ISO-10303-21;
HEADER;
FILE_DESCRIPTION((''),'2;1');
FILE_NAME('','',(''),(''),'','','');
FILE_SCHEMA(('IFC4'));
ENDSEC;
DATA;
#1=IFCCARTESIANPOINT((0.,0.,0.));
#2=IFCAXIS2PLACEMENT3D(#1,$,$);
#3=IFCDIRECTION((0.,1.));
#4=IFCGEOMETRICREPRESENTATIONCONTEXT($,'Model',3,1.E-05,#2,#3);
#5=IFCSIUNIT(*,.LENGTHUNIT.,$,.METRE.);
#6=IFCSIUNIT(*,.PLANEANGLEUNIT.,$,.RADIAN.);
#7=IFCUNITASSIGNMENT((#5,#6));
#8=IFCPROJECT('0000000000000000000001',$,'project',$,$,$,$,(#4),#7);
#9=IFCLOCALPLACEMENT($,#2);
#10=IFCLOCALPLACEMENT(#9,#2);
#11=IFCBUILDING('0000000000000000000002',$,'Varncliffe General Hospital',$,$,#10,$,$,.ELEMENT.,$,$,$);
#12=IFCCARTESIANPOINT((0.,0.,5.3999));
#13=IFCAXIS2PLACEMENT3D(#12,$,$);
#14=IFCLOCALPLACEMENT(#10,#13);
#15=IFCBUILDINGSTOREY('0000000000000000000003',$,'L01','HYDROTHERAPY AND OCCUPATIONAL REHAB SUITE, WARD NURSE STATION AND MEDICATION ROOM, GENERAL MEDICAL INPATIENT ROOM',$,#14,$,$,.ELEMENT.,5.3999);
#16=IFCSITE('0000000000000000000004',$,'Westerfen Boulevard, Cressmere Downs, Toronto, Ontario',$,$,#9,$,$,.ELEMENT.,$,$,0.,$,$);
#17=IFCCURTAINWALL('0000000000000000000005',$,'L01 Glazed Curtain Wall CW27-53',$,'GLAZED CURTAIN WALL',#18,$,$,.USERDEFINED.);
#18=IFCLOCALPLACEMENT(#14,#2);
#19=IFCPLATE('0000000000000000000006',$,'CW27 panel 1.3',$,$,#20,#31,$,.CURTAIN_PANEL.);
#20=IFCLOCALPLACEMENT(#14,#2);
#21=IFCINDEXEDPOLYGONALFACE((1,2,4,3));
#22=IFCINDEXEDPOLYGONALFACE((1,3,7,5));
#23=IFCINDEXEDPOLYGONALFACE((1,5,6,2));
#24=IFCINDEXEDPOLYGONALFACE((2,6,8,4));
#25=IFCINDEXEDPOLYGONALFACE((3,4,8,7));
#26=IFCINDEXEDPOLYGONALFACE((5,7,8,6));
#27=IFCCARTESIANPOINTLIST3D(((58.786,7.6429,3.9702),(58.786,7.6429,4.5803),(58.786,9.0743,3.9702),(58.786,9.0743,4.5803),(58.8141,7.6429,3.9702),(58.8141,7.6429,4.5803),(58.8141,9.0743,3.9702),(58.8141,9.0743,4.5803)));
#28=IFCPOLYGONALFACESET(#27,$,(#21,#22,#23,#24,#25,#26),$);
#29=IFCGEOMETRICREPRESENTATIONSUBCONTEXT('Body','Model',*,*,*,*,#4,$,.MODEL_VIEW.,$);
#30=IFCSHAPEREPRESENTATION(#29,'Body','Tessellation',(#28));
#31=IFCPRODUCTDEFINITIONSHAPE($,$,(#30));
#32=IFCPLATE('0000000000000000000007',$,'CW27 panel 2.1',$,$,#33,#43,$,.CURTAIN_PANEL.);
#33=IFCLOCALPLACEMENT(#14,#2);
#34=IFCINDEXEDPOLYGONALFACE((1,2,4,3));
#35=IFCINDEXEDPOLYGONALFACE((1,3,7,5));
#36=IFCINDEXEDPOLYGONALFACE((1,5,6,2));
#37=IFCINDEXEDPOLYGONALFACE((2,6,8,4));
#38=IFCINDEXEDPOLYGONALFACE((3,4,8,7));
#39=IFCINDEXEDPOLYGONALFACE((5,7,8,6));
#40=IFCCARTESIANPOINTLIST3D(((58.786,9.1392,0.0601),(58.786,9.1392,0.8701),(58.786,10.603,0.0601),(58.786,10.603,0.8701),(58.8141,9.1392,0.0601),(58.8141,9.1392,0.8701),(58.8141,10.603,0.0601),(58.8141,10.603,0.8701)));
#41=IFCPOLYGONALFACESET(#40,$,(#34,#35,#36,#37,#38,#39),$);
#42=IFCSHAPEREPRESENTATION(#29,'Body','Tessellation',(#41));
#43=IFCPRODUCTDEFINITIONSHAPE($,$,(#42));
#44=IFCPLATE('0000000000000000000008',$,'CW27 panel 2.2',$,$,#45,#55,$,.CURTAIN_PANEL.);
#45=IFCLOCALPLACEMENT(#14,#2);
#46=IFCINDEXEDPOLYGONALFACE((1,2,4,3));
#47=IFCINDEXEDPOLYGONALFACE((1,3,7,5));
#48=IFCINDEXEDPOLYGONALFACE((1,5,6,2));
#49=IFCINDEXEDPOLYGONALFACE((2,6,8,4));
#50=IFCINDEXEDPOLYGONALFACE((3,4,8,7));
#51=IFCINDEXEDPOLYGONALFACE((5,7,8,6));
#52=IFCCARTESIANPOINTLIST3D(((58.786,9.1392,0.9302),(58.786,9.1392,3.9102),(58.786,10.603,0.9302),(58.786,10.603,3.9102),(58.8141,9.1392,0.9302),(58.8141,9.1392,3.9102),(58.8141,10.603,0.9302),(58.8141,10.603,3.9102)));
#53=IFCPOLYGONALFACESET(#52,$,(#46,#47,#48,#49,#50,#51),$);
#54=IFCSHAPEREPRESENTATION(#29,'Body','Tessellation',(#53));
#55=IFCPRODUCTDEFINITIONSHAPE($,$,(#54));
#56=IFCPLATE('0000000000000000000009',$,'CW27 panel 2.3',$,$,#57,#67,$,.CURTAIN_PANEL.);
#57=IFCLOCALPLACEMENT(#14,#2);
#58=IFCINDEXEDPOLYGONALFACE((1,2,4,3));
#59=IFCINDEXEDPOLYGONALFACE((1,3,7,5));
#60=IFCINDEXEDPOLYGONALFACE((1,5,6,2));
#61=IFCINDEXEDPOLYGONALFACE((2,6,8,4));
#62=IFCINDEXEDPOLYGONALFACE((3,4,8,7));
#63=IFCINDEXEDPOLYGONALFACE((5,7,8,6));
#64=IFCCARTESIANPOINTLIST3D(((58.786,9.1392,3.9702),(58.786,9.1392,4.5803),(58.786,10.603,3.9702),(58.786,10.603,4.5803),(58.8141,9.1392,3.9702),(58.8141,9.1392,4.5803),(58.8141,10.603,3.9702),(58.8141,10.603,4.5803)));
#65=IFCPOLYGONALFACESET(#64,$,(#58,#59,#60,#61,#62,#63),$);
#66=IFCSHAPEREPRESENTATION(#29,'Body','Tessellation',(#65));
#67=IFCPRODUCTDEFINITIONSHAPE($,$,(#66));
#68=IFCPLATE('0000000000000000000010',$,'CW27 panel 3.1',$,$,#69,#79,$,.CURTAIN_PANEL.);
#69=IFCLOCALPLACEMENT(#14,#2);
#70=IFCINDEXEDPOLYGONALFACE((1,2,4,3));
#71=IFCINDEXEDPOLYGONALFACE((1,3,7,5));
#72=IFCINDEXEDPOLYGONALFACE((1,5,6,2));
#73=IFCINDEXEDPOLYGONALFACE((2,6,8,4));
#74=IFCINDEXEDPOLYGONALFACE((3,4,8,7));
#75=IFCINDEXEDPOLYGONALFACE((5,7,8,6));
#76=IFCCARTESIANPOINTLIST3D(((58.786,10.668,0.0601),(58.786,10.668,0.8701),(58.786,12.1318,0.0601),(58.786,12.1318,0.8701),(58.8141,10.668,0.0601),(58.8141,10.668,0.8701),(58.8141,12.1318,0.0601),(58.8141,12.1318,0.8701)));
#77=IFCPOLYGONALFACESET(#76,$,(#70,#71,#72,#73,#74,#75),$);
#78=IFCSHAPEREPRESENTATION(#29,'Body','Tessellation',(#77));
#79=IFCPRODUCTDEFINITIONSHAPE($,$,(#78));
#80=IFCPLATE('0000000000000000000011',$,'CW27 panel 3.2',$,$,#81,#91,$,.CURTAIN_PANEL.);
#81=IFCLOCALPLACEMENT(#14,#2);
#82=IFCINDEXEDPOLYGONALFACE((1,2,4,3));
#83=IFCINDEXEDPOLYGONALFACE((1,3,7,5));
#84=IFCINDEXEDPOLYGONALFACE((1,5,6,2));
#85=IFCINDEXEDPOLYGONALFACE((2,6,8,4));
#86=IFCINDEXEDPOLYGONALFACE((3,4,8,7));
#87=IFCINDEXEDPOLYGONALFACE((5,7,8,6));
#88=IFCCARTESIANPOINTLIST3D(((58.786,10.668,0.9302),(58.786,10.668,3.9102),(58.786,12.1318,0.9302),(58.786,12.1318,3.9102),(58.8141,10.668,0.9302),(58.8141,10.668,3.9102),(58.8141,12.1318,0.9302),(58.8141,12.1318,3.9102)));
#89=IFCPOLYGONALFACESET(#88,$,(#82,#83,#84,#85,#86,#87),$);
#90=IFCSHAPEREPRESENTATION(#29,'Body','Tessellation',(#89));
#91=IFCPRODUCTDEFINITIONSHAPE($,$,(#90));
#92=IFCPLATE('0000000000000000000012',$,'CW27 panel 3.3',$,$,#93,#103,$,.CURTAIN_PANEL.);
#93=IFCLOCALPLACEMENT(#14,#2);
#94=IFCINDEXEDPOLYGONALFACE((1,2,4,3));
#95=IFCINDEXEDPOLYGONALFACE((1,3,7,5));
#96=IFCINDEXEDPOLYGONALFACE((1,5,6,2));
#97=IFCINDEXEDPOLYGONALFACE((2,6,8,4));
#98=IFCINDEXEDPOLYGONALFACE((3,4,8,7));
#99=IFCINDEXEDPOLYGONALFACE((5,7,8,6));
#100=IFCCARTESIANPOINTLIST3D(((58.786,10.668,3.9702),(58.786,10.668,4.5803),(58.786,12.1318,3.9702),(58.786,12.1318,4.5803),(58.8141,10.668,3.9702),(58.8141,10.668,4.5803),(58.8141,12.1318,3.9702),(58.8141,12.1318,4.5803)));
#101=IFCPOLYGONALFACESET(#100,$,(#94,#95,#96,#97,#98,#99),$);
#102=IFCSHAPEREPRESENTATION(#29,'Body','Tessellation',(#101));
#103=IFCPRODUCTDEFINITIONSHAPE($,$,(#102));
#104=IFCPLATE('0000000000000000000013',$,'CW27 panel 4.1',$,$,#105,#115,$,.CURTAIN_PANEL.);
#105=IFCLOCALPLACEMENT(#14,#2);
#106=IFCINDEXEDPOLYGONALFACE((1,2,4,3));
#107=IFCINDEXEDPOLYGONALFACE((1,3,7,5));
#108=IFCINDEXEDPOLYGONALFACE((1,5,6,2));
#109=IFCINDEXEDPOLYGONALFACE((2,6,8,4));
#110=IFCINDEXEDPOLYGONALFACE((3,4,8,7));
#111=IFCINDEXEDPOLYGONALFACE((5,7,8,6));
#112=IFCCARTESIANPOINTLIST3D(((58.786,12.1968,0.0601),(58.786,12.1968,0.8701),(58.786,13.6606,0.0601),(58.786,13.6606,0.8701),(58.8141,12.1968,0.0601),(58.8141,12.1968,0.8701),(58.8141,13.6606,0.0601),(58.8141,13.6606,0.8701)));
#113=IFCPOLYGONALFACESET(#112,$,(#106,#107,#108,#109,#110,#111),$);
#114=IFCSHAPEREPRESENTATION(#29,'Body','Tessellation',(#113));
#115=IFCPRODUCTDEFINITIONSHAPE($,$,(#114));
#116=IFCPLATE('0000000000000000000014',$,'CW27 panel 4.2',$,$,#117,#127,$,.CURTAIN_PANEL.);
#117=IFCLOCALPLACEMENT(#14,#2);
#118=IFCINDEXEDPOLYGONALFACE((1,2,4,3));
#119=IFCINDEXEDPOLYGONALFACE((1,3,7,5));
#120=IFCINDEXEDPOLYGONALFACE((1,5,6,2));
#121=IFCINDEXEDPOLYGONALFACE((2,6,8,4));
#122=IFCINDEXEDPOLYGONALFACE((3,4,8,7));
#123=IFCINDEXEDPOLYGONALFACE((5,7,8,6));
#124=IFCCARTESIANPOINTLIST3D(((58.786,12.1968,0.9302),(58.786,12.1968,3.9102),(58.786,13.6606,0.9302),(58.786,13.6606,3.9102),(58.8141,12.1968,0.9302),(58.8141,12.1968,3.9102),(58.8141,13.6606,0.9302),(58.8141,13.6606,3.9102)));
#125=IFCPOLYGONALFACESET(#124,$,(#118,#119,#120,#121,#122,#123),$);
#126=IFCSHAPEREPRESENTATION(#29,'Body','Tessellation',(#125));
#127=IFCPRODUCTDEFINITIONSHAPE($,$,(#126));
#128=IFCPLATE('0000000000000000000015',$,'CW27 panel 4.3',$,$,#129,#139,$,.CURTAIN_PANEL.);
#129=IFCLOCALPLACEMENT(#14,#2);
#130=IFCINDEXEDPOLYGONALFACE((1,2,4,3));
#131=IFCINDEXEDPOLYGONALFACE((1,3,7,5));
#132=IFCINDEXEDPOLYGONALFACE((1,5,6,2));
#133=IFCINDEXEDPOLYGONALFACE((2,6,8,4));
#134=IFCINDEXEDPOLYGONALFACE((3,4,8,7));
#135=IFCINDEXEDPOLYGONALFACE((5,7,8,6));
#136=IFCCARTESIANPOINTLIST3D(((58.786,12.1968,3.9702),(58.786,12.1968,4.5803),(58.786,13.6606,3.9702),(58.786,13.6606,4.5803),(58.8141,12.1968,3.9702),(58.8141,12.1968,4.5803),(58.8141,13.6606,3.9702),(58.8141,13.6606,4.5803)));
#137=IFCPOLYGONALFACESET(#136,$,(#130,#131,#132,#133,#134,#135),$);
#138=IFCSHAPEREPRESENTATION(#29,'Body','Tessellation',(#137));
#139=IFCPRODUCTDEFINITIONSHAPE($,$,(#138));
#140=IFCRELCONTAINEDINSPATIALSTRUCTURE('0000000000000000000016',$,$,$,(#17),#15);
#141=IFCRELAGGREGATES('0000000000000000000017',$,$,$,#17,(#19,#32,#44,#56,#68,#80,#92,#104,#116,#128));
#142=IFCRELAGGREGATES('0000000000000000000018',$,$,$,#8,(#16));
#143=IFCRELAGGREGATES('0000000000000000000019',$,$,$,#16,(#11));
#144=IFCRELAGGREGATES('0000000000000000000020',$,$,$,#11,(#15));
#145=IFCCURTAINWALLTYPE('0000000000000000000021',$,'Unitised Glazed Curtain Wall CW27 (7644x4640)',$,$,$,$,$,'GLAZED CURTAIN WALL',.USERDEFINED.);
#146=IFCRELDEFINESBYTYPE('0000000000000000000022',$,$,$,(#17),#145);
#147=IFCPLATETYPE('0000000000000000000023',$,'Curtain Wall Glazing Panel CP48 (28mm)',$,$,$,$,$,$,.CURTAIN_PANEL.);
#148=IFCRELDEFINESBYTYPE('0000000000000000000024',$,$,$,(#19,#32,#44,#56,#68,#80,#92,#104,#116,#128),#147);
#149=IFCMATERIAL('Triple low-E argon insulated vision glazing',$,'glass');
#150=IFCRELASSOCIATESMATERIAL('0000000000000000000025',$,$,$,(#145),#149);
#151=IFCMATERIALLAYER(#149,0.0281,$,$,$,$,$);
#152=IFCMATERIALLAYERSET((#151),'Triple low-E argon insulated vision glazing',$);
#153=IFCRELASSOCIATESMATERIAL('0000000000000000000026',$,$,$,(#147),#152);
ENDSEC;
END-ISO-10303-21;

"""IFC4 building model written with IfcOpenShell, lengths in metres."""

from ifc_helpers import new_model, si_unit, direction, frame, origin, origin_2d, place, context, subcontext, project, spatial, rectangle, extrude, material, layer, layer_set, type_object, element, aggregate, save


model = new_model("IFC4")

# Units and contexts
model_context = context("Model", 3, precision=1e-05, world=origin(), true_north=direction((0.0, 1.0)))
body_context = subcontext(model_context, "Body", "Model", "MODEL_VIEW")
ifc_project = project(units=[si_unit("LENGTHUNIT", "METRE"), si_unit("PLANEANGLEUNIT", "RADIAN")], contexts=[model_context])

# Site, building, storey
site_placement = place(None, origin())
site = spatial("IfcSite", under=ifc_project, at=site_placement, Name="Westerfen Boulevard, Cressmere Downs, Toronto, Ontario", CompositionType="ELEMENT", RefElevation=0.0)
building_placement = place(site_placement, origin())
building = spatial("IfcBuilding", under=site, at=building_placement, Name="Varncliffe General Hospital", CompositionType="ELEMENT")
storey_placement = place(building_placement, frame((0.0, 0.0, 5.3999)))
storey = spatial("IfcBuildingStorey", under=building, at=storey_placement, Name="L01", Description="HYDROTHERAPY AND OCCUPATIONAL REHAB SUITE, WARD NURSE STATION AND MEDICATION ROOM, GENERAL MEDICAL INPATIENT ROOM", CompositionType="ELEMENT", Elevation=5.3999)

# Curtain wall
ifc_material_1 = material(Name="Triple low-E argon insulated vision glazing", Category="glass")
curtain_wall_type = type_object("IfcCurtainWallType", Name="Unitised Glazed Curtain Wall CW27 (7644x4640)", ElementType="GLAZED CURTAIN WALL", PredefinedType="USERDEFINED", material=ifc_material_1)
curtain_wall_placement = place(storey_placement, origin())
curtain_wall = element("IfcCurtainWall", 1, at=curtain_wall_placement, inside=storey, type_object=curtain_wall_type, Name="L01 Glazed Curtain Wall CW27-53", ObjectType="GLAZED CURTAIN WALL", PredefinedType="USERDEFINED")

# Plates
ifc_layer = layer(ifc_material_1, 0.0281)
ifc_layer_set = layer_set([ifc_layer], Name="Triple low-E argon insulated vision glazing")
plate_type = type_object("IfcPlateType", Name="Curtain Wall Glazing Panel CP48 (28mm)", PredefinedType="CURTAIN_PANEL", material=ifc_layer_set)
plate_1_placement = place(storey_placement, frame((58.8, 8.3586, 3.9702), z_axis=(0.0, 0.0, 1.0), x_axis=(0.0, 1.0, 0.0)))
plate_1 = element("IfcPlate", 2, at=plate_1_placement, type_object=plate_type, Name="CW27 panel 1.3", PredefinedType="CURTAIN_PANEL", context=body_context, shape_type="SweptSolid", body=[
    extrude(rectangle(XDim=1.4314, YDim=0.0281, at=origin_2d()), origin(), (0.0, 0.0, 1.0), 0.6101),
])
plate_2_placement = place(storey_placement, frame((58.8, 9.8711, 0.0601), z_axis=(0.0, 0.0, 1.0), x_axis=(0.0, 1.0, 0.0)))
plate_2 = element("IfcPlate", 3, at=plate_2_placement, type_object=plate_type, Name="CW27 panel 2.1", PredefinedType="CURTAIN_PANEL", context=body_context, shape_type="SweptSolid", body=[
    extrude(rectangle(XDim=1.4639, YDim=0.0281, at=origin_2d()), origin(), (0.0, 0.0, 1.0), 0.8101),
])
plate_3_placement = place(storey_placement, frame((58.8, 9.8711, 0.9302), z_axis=(0.0, 0.0, 1.0), x_axis=(0.0, 1.0, 0.0)))
plate_3 = element("IfcPlate", 4, at=plate_3_placement, type_object=plate_type, Name="CW27 panel 2.2", PredefinedType="CURTAIN_PANEL", context=body_context, shape_type="SweptSolid", body=[
    extrude(rectangle(XDim=1.4639, YDim=0.0281, at=origin_2d()), origin(), (0.0, 0.0, 1.0), 2.98),
])
plate_4_placement = place(storey_placement, frame((58.8, 9.8711, 3.9702), z_axis=(0.0, 0.0, 1.0), x_axis=(0.0, 1.0, 0.0)))
plate_4 = element("IfcPlate", 5, at=plate_4_placement, type_object=plate_type, Name="CW27 panel 2.3", PredefinedType="CURTAIN_PANEL", context=body_context, shape_type="SweptSolid", body=[
    extrude(rectangle(XDim=1.4639, YDim=0.0281, at=origin_2d()), origin(), (0.0, 0.0, 1.0), 0.6101),
])
plate_5_placement = place(storey_placement, frame((58.8, 11.3999, 0.0601), z_axis=(0.0, 0.0, 1.0), x_axis=(0.0, 1.0, 0.0)))
plate_5 = element("IfcPlate", 6, at=plate_5_placement, type_object=plate_type, Name="CW27 panel 3.1", PredefinedType="CURTAIN_PANEL", context=body_context, shape_type="SweptSolid", body=[
    extrude(rectangle(XDim=1.4639, YDim=0.0281, at=origin_2d()), origin(), (0.0, 0.0, 1.0), 0.8101),
])
plate_6_placement = place(storey_placement, frame((58.8, 11.3999, 0.9302), z_axis=(0.0, 0.0, 1.0), x_axis=(0.0, 1.0, 0.0)))
plate_6 = element("IfcPlate", 7, at=plate_6_placement, type_object=plate_type, Name="CW27 panel 3.2", PredefinedType="CURTAIN_PANEL", context=body_context, shape_type="SweptSolid", body=[
    extrude(rectangle(XDim=1.4639, YDim=0.0281, at=origin_2d()), origin(), (0.0, 0.0, 1.0), 2.98),
])
plate_7_placement = place(storey_placement, frame((58.8, 11.3999, 3.9702), z_axis=(0.0, 0.0, 1.0), x_axis=(0.0, 1.0, 0.0)))
plate_7 = element("IfcPlate", 8, at=plate_7_placement, type_object=plate_type, Name="CW27 panel 3.3", PredefinedType="CURTAIN_PANEL", context=body_context, shape_type="SweptSolid", body=[
    extrude(rectangle(XDim=1.4639, YDim=0.0281, at=origin_2d()), origin(), (0.0, 0.0, 1.0), 0.6101),
])
plate_8_placement = place(storey_placement, frame((58.8, 12.9287, 0.0601), z_axis=(0.0, 0.0, 1.0), x_axis=(0.0, 1.0, 0.0)))
plate_8 = element("IfcPlate", 9, at=plate_8_placement, type_object=plate_type, Name="CW27 panel 4.1", PredefinedType="CURTAIN_PANEL", context=body_context, shape_type="SweptSolid", body=[
    extrude(rectangle(XDim=1.4639, YDim=0.0281, at=origin_2d()), origin(), (0.0, 0.0, 1.0), 0.8101),
])
plate_9_placement = place(storey_placement, frame((58.8, 12.9287, 0.9302), z_axis=(0.0, 0.0, 1.0), x_axis=(0.0, 1.0, 0.0)))
plate_9 = element("IfcPlate", 10, at=plate_9_placement, type_object=plate_type, Name="CW27 panel 4.2", PredefinedType="CURTAIN_PANEL", context=body_context, shape_type="SweptSolid", body=[
    extrude(rectangle(XDim=1.4639, YDim=0.0281, at=origin_2d()), origin(), (0.0, 0.0, 1.0), 2.98),
])
plate_10_placement = place(storey_placement, frame((58.8, 12.9287, 3.9702), z_axis=(0.0, 0.0, 1.0), x_axis=(0.0, 1.0, 0.0)))
plate_10 = element("IfcPlate", 11, at=plate_10_placement, type_object=plate_type, Name="CW27 panel 4.3", PredefinedType="CURTAIN_PANEL", context=body_context, shape_type="SweptSolid", body=[
    extrude(rectangle(XDim=1.4639, YDim=0.0281, at=origin_2d()), origin(), (0.0, 0.0, 1.0), 0.6101),
])
aggregate(curtain_wall, [plate_1, plate_2, plate_3, plate_4, plate_5, plate_6, plate_7, plate_8, plate_9, plate_10])

save(model, "model.ifc")
